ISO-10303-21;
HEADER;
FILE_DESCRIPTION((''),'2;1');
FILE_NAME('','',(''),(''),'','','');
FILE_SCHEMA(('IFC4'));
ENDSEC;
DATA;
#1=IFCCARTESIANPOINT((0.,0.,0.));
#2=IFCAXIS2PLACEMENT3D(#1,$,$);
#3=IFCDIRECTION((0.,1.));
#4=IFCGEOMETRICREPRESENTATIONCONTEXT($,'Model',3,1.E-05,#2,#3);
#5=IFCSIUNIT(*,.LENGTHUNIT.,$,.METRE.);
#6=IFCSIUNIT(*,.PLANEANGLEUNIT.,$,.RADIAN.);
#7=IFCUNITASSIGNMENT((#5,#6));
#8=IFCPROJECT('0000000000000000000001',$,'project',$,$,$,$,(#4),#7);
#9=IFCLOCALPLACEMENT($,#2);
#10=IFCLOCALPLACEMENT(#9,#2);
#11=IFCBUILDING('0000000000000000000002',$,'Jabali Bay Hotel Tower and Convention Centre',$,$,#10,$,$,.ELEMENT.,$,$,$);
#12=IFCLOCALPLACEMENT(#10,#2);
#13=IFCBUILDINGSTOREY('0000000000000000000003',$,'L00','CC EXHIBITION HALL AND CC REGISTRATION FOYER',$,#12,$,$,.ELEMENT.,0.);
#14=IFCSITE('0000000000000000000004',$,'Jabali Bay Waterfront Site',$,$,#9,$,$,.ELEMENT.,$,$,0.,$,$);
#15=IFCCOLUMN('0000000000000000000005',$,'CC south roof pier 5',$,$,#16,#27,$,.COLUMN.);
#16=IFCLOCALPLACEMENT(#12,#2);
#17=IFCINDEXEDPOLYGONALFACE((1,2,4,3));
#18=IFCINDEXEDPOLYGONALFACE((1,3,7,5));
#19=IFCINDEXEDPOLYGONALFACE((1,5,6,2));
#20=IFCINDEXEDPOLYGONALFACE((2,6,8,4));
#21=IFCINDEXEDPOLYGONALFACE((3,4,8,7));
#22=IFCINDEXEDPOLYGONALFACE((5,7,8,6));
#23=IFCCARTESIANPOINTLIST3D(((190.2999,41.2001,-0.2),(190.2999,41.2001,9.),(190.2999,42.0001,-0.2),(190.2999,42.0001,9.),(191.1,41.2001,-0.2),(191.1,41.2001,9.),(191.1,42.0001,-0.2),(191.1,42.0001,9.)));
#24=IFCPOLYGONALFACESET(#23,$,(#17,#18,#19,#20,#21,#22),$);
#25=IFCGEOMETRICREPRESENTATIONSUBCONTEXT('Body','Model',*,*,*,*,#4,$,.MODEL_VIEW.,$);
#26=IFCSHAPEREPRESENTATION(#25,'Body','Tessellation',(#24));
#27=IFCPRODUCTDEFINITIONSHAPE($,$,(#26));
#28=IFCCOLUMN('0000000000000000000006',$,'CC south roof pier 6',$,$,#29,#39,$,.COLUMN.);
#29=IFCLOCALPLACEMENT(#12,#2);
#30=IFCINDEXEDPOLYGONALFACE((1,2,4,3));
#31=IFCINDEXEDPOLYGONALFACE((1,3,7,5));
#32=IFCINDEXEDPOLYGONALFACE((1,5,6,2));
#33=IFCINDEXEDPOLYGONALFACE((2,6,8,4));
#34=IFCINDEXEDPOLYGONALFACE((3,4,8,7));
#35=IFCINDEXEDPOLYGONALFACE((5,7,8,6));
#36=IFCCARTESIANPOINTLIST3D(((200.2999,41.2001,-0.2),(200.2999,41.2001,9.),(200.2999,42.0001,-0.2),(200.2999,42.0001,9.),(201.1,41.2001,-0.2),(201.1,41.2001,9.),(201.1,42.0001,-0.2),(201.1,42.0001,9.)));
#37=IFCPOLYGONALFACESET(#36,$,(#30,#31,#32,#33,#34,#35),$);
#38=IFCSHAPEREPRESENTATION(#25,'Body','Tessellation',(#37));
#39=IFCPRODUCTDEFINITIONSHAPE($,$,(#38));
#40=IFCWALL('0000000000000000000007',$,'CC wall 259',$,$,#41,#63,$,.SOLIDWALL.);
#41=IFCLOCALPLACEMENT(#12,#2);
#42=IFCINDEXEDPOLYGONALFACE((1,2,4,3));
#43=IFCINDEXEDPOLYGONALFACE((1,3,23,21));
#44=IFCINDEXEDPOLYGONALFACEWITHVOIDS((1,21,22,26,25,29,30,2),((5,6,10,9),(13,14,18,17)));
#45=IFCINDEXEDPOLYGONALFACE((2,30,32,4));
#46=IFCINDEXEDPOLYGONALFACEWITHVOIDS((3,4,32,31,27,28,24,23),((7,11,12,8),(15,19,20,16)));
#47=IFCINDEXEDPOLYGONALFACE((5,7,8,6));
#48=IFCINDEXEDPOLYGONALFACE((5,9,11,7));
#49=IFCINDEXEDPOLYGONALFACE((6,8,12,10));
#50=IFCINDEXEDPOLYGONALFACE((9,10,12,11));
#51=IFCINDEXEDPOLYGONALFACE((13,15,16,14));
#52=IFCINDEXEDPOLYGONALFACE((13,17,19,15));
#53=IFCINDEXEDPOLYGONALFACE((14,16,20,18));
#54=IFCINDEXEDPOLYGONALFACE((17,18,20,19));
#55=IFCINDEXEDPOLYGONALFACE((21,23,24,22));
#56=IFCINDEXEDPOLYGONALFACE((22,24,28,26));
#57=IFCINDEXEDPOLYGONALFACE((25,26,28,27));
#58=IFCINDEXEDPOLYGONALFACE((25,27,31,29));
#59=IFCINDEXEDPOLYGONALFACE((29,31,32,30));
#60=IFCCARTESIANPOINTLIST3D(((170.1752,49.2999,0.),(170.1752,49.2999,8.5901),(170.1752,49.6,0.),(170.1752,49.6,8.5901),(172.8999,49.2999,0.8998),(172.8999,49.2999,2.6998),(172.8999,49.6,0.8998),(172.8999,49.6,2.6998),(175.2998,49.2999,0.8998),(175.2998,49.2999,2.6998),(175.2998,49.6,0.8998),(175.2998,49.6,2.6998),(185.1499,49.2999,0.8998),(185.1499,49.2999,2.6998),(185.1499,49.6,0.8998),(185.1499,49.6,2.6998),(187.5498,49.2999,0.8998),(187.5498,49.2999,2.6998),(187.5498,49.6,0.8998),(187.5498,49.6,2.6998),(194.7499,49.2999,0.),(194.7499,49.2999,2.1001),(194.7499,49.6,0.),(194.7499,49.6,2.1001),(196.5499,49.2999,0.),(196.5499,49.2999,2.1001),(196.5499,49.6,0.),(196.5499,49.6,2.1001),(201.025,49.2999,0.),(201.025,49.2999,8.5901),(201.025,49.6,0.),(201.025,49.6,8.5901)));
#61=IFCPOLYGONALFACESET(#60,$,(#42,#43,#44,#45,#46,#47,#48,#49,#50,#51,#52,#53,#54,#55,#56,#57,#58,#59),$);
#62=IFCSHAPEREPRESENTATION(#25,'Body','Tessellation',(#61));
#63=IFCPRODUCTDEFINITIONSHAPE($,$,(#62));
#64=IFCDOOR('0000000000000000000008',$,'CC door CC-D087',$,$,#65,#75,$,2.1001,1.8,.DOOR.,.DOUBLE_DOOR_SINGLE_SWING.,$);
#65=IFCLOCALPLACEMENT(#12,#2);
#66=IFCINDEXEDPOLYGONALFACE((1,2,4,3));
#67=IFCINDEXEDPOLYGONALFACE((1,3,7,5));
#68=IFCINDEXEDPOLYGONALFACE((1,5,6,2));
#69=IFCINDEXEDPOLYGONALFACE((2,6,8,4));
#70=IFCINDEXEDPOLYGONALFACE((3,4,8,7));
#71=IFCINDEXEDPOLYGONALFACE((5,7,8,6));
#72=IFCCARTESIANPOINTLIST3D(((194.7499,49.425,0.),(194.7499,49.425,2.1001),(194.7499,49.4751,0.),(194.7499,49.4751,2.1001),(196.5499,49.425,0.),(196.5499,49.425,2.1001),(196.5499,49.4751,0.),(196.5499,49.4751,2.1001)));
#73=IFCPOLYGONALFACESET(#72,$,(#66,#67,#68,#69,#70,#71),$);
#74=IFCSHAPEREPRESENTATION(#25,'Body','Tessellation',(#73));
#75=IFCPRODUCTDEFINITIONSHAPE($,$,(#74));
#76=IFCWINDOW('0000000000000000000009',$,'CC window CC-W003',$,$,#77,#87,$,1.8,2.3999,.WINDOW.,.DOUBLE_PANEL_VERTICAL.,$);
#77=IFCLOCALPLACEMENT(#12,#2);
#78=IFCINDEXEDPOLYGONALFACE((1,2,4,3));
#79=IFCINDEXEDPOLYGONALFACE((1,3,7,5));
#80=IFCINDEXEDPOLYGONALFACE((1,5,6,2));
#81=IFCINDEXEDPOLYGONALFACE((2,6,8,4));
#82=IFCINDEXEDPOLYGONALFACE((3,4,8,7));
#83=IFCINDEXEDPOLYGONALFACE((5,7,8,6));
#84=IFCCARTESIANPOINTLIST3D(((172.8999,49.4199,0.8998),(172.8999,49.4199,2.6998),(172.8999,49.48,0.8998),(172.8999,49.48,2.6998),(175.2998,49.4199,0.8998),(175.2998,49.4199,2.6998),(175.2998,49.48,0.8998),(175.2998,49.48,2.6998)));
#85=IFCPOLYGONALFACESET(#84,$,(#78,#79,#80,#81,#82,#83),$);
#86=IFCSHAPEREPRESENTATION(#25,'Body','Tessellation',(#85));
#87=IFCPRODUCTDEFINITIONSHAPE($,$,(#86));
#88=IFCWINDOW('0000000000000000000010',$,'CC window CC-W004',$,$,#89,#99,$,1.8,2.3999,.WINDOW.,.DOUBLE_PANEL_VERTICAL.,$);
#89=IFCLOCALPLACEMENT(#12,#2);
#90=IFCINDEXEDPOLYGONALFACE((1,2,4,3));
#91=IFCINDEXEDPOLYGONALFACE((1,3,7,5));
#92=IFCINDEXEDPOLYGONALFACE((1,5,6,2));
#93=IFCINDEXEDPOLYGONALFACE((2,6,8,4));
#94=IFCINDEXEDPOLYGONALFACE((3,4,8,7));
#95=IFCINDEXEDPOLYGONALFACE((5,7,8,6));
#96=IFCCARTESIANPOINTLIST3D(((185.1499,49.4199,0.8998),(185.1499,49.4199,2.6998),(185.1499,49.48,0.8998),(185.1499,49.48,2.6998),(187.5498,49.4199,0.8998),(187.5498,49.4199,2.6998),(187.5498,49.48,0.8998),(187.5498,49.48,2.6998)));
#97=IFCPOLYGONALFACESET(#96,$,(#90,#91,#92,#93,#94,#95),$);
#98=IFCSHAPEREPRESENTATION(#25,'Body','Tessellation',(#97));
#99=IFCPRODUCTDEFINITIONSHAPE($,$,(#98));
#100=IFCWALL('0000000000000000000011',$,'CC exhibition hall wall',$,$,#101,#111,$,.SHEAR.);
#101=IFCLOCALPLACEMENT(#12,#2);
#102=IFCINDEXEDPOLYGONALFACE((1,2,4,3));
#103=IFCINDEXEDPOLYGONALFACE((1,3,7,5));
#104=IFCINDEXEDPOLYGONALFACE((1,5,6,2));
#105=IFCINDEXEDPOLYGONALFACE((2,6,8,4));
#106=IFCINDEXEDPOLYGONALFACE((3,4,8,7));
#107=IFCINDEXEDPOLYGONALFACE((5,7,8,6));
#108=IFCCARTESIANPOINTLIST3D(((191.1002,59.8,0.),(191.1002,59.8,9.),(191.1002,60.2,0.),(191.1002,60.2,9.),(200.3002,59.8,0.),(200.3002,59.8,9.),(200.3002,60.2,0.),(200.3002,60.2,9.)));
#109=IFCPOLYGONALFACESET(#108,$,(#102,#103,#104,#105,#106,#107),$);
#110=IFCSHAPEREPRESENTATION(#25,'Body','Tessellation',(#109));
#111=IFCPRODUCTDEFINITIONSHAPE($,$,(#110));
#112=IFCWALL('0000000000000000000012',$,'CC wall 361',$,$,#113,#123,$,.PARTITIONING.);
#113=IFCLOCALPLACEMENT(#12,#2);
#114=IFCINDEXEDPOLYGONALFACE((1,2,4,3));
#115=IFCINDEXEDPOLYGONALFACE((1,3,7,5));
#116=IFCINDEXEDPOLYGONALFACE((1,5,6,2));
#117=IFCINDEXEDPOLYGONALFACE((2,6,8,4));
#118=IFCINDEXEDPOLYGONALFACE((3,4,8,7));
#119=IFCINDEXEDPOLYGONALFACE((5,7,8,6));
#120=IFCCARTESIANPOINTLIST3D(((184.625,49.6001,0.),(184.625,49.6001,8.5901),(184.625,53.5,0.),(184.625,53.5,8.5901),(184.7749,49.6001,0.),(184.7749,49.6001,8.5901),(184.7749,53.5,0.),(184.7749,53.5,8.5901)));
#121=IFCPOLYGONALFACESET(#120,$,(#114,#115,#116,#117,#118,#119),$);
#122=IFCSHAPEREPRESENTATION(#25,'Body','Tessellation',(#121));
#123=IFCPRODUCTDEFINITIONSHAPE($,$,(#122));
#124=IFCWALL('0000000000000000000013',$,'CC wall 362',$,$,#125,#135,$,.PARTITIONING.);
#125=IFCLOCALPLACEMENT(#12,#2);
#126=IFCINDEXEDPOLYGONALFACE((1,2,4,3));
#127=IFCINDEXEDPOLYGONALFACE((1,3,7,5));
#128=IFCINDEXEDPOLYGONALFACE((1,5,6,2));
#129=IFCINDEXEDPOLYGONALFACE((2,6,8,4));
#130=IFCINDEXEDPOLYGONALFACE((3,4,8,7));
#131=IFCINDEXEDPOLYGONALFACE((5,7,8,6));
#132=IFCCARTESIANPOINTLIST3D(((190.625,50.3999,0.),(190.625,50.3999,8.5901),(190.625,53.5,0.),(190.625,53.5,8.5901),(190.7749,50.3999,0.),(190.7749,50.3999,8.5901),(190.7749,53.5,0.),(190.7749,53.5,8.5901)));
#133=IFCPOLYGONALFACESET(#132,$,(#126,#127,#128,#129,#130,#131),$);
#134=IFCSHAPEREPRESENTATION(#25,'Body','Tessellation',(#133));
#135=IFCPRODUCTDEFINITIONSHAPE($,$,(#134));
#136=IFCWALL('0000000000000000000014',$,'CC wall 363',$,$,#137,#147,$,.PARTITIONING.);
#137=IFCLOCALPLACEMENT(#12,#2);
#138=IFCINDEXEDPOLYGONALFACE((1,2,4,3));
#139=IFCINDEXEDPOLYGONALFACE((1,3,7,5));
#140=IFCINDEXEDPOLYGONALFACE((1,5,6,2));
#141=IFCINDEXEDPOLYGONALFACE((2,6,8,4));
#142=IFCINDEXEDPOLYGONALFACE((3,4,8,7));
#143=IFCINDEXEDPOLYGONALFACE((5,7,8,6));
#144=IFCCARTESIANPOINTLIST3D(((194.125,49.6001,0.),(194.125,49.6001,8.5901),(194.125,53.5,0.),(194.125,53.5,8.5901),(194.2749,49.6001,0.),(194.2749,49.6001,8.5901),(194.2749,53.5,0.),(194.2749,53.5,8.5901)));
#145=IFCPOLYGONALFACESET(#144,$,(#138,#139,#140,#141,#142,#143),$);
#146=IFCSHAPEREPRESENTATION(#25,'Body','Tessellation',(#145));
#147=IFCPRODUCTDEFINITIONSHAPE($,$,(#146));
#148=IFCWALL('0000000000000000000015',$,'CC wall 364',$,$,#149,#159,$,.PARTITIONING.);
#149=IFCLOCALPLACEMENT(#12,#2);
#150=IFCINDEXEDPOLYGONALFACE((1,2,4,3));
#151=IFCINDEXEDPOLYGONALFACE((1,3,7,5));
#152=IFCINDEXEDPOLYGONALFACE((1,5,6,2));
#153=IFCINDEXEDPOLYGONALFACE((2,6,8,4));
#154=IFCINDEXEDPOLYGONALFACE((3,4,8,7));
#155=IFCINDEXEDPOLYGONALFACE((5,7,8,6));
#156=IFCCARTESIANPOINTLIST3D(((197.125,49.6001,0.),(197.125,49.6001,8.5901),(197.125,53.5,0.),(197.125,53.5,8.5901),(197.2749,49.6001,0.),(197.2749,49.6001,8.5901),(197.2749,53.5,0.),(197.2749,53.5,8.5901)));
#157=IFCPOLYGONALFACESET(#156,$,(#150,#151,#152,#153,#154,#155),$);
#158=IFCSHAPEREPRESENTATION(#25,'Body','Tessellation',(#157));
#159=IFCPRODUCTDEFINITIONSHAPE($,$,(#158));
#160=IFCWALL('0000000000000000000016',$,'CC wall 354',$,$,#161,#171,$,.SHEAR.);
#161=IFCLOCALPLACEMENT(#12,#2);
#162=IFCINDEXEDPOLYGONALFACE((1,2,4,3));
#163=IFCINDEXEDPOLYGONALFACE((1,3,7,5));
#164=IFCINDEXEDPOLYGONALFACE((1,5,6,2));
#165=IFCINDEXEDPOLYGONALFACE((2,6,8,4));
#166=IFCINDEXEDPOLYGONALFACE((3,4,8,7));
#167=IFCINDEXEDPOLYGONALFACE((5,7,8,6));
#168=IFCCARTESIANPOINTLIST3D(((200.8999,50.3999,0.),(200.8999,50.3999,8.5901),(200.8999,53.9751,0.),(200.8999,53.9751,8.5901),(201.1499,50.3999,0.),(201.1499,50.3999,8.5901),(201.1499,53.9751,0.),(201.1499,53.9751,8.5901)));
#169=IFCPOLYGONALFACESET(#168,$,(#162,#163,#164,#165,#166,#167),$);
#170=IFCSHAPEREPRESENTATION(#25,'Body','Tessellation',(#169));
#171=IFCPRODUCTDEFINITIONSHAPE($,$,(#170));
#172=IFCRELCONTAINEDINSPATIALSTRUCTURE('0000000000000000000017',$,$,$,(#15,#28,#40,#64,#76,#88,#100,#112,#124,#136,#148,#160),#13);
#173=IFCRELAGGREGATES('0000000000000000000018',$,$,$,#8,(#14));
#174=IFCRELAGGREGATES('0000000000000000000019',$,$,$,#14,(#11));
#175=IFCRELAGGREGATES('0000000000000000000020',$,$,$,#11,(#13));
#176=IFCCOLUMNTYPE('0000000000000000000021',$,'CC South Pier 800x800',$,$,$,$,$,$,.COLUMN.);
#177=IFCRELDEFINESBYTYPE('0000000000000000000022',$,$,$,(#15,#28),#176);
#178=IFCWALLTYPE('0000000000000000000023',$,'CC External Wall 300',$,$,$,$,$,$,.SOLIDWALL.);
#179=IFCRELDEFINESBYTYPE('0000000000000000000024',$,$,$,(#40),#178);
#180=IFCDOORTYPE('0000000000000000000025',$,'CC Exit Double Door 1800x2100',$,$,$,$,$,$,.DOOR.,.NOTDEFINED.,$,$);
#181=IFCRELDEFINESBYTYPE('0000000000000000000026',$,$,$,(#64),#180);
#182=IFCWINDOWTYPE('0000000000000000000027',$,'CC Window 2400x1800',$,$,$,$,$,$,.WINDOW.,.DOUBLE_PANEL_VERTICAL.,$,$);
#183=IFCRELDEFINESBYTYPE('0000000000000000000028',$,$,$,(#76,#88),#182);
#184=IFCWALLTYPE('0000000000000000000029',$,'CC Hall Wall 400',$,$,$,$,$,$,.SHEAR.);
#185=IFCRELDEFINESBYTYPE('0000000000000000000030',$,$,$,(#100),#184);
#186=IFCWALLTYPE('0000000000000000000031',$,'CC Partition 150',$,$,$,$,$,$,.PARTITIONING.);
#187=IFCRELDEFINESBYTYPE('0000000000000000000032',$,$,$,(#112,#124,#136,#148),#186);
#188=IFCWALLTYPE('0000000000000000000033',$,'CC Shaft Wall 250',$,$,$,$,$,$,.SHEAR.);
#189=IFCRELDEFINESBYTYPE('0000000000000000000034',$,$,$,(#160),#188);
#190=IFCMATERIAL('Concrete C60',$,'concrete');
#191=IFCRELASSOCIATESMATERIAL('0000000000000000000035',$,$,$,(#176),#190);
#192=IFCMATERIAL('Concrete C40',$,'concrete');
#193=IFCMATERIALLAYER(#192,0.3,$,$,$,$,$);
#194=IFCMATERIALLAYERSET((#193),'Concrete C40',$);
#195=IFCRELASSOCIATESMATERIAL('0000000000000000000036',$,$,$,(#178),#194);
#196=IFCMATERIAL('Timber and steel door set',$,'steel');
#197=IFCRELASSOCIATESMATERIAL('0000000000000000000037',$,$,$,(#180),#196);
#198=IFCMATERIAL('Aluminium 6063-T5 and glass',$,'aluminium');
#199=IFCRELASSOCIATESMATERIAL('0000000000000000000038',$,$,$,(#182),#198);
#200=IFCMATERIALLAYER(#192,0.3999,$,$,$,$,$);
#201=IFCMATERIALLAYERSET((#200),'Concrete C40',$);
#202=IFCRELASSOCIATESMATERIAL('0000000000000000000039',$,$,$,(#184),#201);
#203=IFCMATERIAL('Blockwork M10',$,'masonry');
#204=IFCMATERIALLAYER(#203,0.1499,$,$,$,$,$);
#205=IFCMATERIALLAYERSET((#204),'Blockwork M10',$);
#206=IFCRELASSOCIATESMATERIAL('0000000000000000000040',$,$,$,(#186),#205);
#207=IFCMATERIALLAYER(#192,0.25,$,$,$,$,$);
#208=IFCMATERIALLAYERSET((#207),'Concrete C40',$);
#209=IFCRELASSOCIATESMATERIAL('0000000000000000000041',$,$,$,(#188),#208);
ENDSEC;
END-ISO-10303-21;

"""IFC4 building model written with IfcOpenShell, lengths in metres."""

from ifc_helpers import new_model, si_unit, direction, frame, frame_2d, origin, origin_2d, place, context, subcontext, project, spatial, rectangle, extrude, material, layer, layer_set, material_profile, profile_set, type_object, element, fill, save


model = new_model("IFC4")

# Units and contexts
model_context = context("Model", 3, precision=1e-05, world=origin(), true_north=direction((0.0, 1.0)))
body_context = subcontext(model_context, "Body", "Model", "MODEL_VIEW")
ifc_project = project(units=[si_unit("LENGTHUNIT", "METRE"), si_unit("PLANEANGLEUNIT", "RADIAN")], contexts=[model_context])

# Site, building, storey
site_placement = place(None, origin())
site = spatial("IfcSite", under=ifc_project, at=site_placement, Name="Jabali Bay Waterfront Site", CompositionType="ELEMENT", RefElevation=0.0)
building_placement = place(site_placement, origin())
building = spatial("IfcBuilding", under=site, at=building_placement, Name="Jabali Bay Hotel Tower and Convention Centre", CompositionType="ELEMENT")
storey_placement = place(building_placement, origin())
storey = spatial("IfcBuildingStorey", under=building, at=storey_placement, Name="L00", Description="CC EXHIBITION HALL AND CC REGISTRATION FOYER", CompositionType="ELEMENT", Elevation=0.0)

# Columns
ifc_material_1 = material(Name="Concrete C60", Category="concrete")
ifc_material_profile_1 = material_profile(ifc_material_1, rectangle(XDim=0.8, YDim=0.8, at=origin_2d()), Name="RC 800x800")
ifc_profile_set_1 = profile_set([ifc_material_profile_1], Name="Concrete C60")
column_type_1 = type_object("IfcColumnType", Name="CC South Pier 800x800", PredefinedType="COLUMN", material=ifc_profile_set_1)
for number, where, z_axis, x_axis, name in (
    (1, (190.7, 41.6001, -0.2), (0.0, 0.0, 1.0), (1.0, 0.0, 0.0), "CC south roof pier 5"),
    (2, (200.7, 41.6001, -0.2), (0.0, 0.0, 1.0), (1.0, 0.0, 0.0), "CC south roof pier 6"),
):
    element("IfcColumn", number, at=place(storey_placement, frame(where, z_axis=z_axis, x_axis=x_axis)), inside=storey, type_object=column_type_1, Name=name, PredefinedType="COLUMN", context=body_context, shape_type="SweptSolid", body=[
        extrude(rectangle(XDim=0.8, YDim=0.8, at=origin_2d()), origin(), (0.0, 0.0, 1.0), 9.2),
    ])

# Wall, openings, door, windows
ifc_material_2 = material(Name="Concrete C40", Category="concrete")
ifc_layer_1 = layer(ifc_material_2, 0.3)
ifc_layer_set_1 = layer_set([ifc_layer_1], Name="Concrete C40")
wall_type_1 = type_object("IfcWallType", Name="CC External Wall 300", PredefinedType="SOLIDWALL", material=ifc_layer_set_1)
wall_1_placement = place(storey_placement, frame((201.0249, 49.45, 0.0), z_axis=(0.0, 0.0, 1.0), x_axis=(-1.0, 0.0, 0.0)))
wall_1 = element("IfcWall", 3, at=wall_1_placement, inside=storey, type_object=wall_type_1, Name="CC wall 259", PredefinedType="SOLIDWALL", context=body_context, shape_type="SweptSolid", body=[
    extrude(rectangle(XDim=30.8499, YDim=0.3, at=frame_2d((15.4248, 0.0))), origin(), (0.0, 0.0, 1.0), 8.5901),
])
opening_1_placement = place(wall_1_placement, frame((4.4751, 0.0, 0.0)))
opening_1 = element("IfcOpeningElement", 4, at=opening_1_placement, cuts=wall_1, PredefinedType="OPENING", context=body_context, shape_type="SweptSolid", body=[
    extrude(rectangle(XDim=1.8, YDim=2.1001, at=frame_2d((0.8999, 1.05))), frame((0.0, 0.1606, 0.0), z_axis=(0.0, -1.0, 0.0), x_axis=(1.0, 0.0, 0.0)), (0.0, 0.0, 1.0), 0.321),
])
opening_2_placement = place(wall_1_placement, frame((25.7251, 0.0, 0.8999)))
opening_2 = element("IfcOpeningElement", 5, at=opening_2_placement, cuts=wall_1, PredefinedType="OPENING", context=body_context, shape_type="SweptSolid", body=[
    extrude(rectangle(XDim=2.3999, YDim=1.8, at=frame_2d((1.2, 0.8999))), frame((0.0, 0.1606, 0.0), z_axis=(0.0, -1.0, 0.0), x_axis=(1.0, 0.0, 0.0)), (0.0, 0.0, 1.0), 0.321),
])
opening_3_placement = place(wall_1_placement, frame((13.4751, 0.0, 0.8999)))
opening_3 = element("IfcOpeningElement", 6, at=opening_3_placement, cuts=wall_1, PredefinedType="OPENING", context=body_context, shape_type="SweptSolid", body=[
    extrude(rectangle(XDim=2.3999, YDim=1.8, at=frame_2d((1.2, 0.8999))), frame((0.0, 0.1606, 0.0), z_axis=(0.0, -1.0, 0.0), x_axis=(1.0, 0.0, 0.0)), (0.0, 0.0, 1.0), 0.321),
])
ifc_material_3 = material(Name="Timber and steel door set", Category="steel")
door_type_1 = type_object("IfcDoorType", Name="CC Exit Double Door 1800x2100", OperationType="NOTDEFINED", PredefinedType="DOOR", material=ifc_material_3)
door_1_placement = place(opening_1_placement, origin())
door_1 = element("IfcDoor", 7, at=door_1_placement, inside=storey, type_object=door_type_1, Name="CC door CC-D087", OperationType="DOUBLE_DOOR_SINGLE_SWING", OverallHeight=2.1001, OverallWidth=1.8, PredefinedType="DOOR", context=body_context, shape_type="SweptSolid", body=[
    extrude(rectangle(XDim=1.8, YDim=2.1001, at=frame_2d((0.8999, 1.05))), frame((0.0, 0.0249, 0.0), z_axis=(0.0, -1.0, 0.0), x_axis=(1.0, 0.0, 0.0)), (0.0, 0.0, 1.0), 0.05),
])
fill(opening_1, door_1)
ifc_material_4 = material(Name="Aluminium 6063-T5 and glass", Category="aluminium")
window_type = type_object("IfcWindowType", Name="CC Window 2400x1800", PartitioningType="DOUBLE_PANEL_VERTICAL", PredefinedType="WINDOW", material=ifc_material_4)
window_1_placement = place(opening_2_placement, origin())
window_1 = element("IfcWindow", 8, at=window_1_placement, inside=storey, type_object=window_type, Name="CC window CC-W003", OverallHeight=1.8, OverallWidth=2.3999, PartitioningType="DOUBLE_PANEL_VERTICAL", PredefinedType="WINDOW", context=body_context, shape_type="SweptSolid", body=[
    extrude(rectangle(XDim=2.3999, YDim=1.8, at=frame_2d((1.2, 0.8999))), frame((0.0, 0.03, 0.0), z_axis=(0.0, -1.0, 0.0), x_axis=(1.0, 0.0, 0.0)), (0.0, 0.0, 1.0), 0.0601),
])
fill(opening_2, window_1)
window_2_placement = place(opening_3_placement, origin())
window_2 = element("IfcWindow", 9, at=window_2_placement, inside=storey, type_object=window_type, Name="CC window CC-W004", OverallHeight=1.8, OverallWidth=2.3999, PartitioningType="DOUBLE_PANEL_VERTICAL", PredefinedType="WINDOW", context=body_context, shape_type="SweptSolid", body=[
    extrude(rectangle(XDim=2.3999, YDim=1.8, at=frame_2d((1.2, 0.8999))), frame((0.0, 0.03, 0.0), z_axis=(0.0, -1.0, 0.0), x_axis=(1.0, 0.0, 0.0)), (0.0, 0.0, 1.0), 0.0601),
])
fill(opening_3, window_2)

# Shared definitions
ifc_layer_2 = layer(ifc_material_2, 0.3999)
ifc_layer_set_2 = layer_set([ifc_layer_2], Name="Concrete C40")
wall_type_2 = type_object("IfcWallType", Name="CC Hall Wall 400", PredefinedType="SHEAR", material=ifc_layer_set_2)

# Walls
wall_2_placement = place(storey_placement, frame((191.1001, 60.0, 0.0), z_axis=(0.0, 0.0, 1.0), x_axis=(1.0, 0.0, 0.0)))
element("IfcWall", 10, at=wall_2_placement, inside=storey, type_object=wall_type_2, Name="CC exhibition hall wall", PredefinedType="SHEAR", context=body_context, shape_type="SweptSolid", body=[
    extrude(rectangle(XDim=9.2, YDim=0.3999, at=frame_2d((4.6001, 0.0))), origin(), (0.0, 0.0, 1.0), 9.0),
])
ifc_material_5 = material(Name="Blockwork M10", Category="masonry")
ifc_layer_3 = layer(ifc_material_5, 0.1499)
ifc_layer_set_3 = layer_set([ifc_layer_3], Name="Blockwork M10")
wall_type_3 = type_object("IfcWallType", Name="CC Partition 150", PredefinedType="PARTITIONING", material=ifc_layer_set_3)
wall_3_placement = place(storey_placement, frame((184.7, 49.6001, 0.0), z_axis=(0.0, 0.0, 1.0), x_axis=(0.0, 1.0, 0.0)))
element("IfcWall", 11, at=wall_3_placement, inside=storey, type_object=wall_type_3, Name="CC wall 361", PredefinedType="PARTITIONING", context=body_context, shape_type="SweptSolid", body=[
    extrude(rectangle(XDim=3.8999, YDim=0.1499, at=frame_2d((1.95, 0.0))), origin(), (0.0, 0.0, 1.0), 8.5901),
])
wall_4_placement = place(storey_placement, frame((190.7, 50.3999, 0.0), z_axis=(0.0, 0.0, 1.0), x_axis=(0.0, 1.0, 0.0)))
element("IfcWall", 12, at=wall_4_placement, inside=storey, type_object=wall_type_3, Name="CC wall 362", PredefinedType="PARTITIONING", context=body_context, shape_type="SweptSolid", body=[
    extrude(rectangle(XDim=3.1001, YDim=0.1499, at=frame_2d((1.55, 0.0))), origin(), (0.0, 0.0, 1.0), 8.5901),
])
for number, where, z_axis, x_axis, name in (
    (13, (194.2, 49.6001, 0.0), (0.0, 0.0, 1.0), (0.0, 1.0, 0.0), "CC wall 363"),
    (14, (197.2, 49.6001, 0.0), (0.0, 0.0, 1.0), (0.0, 1.0, 0.0), "CC wall 364"),
):
    element("IfcWall", number, at=place(storey_placement, frame(where, z_axis=z_axis, x_axis=x_axis)), inside=storey, type_object=wall_type_3, Name=name, PredefinedType="PARTITIONING", context=body_context, shape_type="SweptSolid", body=[
        extrude(rectangle(XDim=3.8999, YDim=0.1499, at=frame_2d((1.95, 0.0))), origin(), (0.0, 0.0, 1.0), 8.5901),
    ])
ifc_layer_4 = layer(ifc_material_2, 0.25)
ifc_layer_set_4 = layer_set([ifc_layer_4], Name="Concrete C40")
wall_type_4 = type_object("IfcWallType", Name="CC Shaft Wall 250", PredefinedType="SHEAR", material=ifc_layer_set_4)
wall_5_placement = place(storey_placement, frame((201.0249, 50.3999, 0.0), z_axis=(0.0, 0.0, 1.0), x_axis=(0.0, 1.0, 0.0)))
element("IfcWall", 15, at=wall_5_placement, inside=storey, type_object=wall_type_4, Name="CC wall 354", PredefinedType="SHEAR", context=body_context, shape_type="SweptSolid", body=[
    extrude(rectangle(XDim=3.5752, YDim=0.25, at=frame_2d((1.7876, 0.0))), origin(), (0.0, 0.0, 1.0), 8.5901),
])

save(model, "model.ifc")
